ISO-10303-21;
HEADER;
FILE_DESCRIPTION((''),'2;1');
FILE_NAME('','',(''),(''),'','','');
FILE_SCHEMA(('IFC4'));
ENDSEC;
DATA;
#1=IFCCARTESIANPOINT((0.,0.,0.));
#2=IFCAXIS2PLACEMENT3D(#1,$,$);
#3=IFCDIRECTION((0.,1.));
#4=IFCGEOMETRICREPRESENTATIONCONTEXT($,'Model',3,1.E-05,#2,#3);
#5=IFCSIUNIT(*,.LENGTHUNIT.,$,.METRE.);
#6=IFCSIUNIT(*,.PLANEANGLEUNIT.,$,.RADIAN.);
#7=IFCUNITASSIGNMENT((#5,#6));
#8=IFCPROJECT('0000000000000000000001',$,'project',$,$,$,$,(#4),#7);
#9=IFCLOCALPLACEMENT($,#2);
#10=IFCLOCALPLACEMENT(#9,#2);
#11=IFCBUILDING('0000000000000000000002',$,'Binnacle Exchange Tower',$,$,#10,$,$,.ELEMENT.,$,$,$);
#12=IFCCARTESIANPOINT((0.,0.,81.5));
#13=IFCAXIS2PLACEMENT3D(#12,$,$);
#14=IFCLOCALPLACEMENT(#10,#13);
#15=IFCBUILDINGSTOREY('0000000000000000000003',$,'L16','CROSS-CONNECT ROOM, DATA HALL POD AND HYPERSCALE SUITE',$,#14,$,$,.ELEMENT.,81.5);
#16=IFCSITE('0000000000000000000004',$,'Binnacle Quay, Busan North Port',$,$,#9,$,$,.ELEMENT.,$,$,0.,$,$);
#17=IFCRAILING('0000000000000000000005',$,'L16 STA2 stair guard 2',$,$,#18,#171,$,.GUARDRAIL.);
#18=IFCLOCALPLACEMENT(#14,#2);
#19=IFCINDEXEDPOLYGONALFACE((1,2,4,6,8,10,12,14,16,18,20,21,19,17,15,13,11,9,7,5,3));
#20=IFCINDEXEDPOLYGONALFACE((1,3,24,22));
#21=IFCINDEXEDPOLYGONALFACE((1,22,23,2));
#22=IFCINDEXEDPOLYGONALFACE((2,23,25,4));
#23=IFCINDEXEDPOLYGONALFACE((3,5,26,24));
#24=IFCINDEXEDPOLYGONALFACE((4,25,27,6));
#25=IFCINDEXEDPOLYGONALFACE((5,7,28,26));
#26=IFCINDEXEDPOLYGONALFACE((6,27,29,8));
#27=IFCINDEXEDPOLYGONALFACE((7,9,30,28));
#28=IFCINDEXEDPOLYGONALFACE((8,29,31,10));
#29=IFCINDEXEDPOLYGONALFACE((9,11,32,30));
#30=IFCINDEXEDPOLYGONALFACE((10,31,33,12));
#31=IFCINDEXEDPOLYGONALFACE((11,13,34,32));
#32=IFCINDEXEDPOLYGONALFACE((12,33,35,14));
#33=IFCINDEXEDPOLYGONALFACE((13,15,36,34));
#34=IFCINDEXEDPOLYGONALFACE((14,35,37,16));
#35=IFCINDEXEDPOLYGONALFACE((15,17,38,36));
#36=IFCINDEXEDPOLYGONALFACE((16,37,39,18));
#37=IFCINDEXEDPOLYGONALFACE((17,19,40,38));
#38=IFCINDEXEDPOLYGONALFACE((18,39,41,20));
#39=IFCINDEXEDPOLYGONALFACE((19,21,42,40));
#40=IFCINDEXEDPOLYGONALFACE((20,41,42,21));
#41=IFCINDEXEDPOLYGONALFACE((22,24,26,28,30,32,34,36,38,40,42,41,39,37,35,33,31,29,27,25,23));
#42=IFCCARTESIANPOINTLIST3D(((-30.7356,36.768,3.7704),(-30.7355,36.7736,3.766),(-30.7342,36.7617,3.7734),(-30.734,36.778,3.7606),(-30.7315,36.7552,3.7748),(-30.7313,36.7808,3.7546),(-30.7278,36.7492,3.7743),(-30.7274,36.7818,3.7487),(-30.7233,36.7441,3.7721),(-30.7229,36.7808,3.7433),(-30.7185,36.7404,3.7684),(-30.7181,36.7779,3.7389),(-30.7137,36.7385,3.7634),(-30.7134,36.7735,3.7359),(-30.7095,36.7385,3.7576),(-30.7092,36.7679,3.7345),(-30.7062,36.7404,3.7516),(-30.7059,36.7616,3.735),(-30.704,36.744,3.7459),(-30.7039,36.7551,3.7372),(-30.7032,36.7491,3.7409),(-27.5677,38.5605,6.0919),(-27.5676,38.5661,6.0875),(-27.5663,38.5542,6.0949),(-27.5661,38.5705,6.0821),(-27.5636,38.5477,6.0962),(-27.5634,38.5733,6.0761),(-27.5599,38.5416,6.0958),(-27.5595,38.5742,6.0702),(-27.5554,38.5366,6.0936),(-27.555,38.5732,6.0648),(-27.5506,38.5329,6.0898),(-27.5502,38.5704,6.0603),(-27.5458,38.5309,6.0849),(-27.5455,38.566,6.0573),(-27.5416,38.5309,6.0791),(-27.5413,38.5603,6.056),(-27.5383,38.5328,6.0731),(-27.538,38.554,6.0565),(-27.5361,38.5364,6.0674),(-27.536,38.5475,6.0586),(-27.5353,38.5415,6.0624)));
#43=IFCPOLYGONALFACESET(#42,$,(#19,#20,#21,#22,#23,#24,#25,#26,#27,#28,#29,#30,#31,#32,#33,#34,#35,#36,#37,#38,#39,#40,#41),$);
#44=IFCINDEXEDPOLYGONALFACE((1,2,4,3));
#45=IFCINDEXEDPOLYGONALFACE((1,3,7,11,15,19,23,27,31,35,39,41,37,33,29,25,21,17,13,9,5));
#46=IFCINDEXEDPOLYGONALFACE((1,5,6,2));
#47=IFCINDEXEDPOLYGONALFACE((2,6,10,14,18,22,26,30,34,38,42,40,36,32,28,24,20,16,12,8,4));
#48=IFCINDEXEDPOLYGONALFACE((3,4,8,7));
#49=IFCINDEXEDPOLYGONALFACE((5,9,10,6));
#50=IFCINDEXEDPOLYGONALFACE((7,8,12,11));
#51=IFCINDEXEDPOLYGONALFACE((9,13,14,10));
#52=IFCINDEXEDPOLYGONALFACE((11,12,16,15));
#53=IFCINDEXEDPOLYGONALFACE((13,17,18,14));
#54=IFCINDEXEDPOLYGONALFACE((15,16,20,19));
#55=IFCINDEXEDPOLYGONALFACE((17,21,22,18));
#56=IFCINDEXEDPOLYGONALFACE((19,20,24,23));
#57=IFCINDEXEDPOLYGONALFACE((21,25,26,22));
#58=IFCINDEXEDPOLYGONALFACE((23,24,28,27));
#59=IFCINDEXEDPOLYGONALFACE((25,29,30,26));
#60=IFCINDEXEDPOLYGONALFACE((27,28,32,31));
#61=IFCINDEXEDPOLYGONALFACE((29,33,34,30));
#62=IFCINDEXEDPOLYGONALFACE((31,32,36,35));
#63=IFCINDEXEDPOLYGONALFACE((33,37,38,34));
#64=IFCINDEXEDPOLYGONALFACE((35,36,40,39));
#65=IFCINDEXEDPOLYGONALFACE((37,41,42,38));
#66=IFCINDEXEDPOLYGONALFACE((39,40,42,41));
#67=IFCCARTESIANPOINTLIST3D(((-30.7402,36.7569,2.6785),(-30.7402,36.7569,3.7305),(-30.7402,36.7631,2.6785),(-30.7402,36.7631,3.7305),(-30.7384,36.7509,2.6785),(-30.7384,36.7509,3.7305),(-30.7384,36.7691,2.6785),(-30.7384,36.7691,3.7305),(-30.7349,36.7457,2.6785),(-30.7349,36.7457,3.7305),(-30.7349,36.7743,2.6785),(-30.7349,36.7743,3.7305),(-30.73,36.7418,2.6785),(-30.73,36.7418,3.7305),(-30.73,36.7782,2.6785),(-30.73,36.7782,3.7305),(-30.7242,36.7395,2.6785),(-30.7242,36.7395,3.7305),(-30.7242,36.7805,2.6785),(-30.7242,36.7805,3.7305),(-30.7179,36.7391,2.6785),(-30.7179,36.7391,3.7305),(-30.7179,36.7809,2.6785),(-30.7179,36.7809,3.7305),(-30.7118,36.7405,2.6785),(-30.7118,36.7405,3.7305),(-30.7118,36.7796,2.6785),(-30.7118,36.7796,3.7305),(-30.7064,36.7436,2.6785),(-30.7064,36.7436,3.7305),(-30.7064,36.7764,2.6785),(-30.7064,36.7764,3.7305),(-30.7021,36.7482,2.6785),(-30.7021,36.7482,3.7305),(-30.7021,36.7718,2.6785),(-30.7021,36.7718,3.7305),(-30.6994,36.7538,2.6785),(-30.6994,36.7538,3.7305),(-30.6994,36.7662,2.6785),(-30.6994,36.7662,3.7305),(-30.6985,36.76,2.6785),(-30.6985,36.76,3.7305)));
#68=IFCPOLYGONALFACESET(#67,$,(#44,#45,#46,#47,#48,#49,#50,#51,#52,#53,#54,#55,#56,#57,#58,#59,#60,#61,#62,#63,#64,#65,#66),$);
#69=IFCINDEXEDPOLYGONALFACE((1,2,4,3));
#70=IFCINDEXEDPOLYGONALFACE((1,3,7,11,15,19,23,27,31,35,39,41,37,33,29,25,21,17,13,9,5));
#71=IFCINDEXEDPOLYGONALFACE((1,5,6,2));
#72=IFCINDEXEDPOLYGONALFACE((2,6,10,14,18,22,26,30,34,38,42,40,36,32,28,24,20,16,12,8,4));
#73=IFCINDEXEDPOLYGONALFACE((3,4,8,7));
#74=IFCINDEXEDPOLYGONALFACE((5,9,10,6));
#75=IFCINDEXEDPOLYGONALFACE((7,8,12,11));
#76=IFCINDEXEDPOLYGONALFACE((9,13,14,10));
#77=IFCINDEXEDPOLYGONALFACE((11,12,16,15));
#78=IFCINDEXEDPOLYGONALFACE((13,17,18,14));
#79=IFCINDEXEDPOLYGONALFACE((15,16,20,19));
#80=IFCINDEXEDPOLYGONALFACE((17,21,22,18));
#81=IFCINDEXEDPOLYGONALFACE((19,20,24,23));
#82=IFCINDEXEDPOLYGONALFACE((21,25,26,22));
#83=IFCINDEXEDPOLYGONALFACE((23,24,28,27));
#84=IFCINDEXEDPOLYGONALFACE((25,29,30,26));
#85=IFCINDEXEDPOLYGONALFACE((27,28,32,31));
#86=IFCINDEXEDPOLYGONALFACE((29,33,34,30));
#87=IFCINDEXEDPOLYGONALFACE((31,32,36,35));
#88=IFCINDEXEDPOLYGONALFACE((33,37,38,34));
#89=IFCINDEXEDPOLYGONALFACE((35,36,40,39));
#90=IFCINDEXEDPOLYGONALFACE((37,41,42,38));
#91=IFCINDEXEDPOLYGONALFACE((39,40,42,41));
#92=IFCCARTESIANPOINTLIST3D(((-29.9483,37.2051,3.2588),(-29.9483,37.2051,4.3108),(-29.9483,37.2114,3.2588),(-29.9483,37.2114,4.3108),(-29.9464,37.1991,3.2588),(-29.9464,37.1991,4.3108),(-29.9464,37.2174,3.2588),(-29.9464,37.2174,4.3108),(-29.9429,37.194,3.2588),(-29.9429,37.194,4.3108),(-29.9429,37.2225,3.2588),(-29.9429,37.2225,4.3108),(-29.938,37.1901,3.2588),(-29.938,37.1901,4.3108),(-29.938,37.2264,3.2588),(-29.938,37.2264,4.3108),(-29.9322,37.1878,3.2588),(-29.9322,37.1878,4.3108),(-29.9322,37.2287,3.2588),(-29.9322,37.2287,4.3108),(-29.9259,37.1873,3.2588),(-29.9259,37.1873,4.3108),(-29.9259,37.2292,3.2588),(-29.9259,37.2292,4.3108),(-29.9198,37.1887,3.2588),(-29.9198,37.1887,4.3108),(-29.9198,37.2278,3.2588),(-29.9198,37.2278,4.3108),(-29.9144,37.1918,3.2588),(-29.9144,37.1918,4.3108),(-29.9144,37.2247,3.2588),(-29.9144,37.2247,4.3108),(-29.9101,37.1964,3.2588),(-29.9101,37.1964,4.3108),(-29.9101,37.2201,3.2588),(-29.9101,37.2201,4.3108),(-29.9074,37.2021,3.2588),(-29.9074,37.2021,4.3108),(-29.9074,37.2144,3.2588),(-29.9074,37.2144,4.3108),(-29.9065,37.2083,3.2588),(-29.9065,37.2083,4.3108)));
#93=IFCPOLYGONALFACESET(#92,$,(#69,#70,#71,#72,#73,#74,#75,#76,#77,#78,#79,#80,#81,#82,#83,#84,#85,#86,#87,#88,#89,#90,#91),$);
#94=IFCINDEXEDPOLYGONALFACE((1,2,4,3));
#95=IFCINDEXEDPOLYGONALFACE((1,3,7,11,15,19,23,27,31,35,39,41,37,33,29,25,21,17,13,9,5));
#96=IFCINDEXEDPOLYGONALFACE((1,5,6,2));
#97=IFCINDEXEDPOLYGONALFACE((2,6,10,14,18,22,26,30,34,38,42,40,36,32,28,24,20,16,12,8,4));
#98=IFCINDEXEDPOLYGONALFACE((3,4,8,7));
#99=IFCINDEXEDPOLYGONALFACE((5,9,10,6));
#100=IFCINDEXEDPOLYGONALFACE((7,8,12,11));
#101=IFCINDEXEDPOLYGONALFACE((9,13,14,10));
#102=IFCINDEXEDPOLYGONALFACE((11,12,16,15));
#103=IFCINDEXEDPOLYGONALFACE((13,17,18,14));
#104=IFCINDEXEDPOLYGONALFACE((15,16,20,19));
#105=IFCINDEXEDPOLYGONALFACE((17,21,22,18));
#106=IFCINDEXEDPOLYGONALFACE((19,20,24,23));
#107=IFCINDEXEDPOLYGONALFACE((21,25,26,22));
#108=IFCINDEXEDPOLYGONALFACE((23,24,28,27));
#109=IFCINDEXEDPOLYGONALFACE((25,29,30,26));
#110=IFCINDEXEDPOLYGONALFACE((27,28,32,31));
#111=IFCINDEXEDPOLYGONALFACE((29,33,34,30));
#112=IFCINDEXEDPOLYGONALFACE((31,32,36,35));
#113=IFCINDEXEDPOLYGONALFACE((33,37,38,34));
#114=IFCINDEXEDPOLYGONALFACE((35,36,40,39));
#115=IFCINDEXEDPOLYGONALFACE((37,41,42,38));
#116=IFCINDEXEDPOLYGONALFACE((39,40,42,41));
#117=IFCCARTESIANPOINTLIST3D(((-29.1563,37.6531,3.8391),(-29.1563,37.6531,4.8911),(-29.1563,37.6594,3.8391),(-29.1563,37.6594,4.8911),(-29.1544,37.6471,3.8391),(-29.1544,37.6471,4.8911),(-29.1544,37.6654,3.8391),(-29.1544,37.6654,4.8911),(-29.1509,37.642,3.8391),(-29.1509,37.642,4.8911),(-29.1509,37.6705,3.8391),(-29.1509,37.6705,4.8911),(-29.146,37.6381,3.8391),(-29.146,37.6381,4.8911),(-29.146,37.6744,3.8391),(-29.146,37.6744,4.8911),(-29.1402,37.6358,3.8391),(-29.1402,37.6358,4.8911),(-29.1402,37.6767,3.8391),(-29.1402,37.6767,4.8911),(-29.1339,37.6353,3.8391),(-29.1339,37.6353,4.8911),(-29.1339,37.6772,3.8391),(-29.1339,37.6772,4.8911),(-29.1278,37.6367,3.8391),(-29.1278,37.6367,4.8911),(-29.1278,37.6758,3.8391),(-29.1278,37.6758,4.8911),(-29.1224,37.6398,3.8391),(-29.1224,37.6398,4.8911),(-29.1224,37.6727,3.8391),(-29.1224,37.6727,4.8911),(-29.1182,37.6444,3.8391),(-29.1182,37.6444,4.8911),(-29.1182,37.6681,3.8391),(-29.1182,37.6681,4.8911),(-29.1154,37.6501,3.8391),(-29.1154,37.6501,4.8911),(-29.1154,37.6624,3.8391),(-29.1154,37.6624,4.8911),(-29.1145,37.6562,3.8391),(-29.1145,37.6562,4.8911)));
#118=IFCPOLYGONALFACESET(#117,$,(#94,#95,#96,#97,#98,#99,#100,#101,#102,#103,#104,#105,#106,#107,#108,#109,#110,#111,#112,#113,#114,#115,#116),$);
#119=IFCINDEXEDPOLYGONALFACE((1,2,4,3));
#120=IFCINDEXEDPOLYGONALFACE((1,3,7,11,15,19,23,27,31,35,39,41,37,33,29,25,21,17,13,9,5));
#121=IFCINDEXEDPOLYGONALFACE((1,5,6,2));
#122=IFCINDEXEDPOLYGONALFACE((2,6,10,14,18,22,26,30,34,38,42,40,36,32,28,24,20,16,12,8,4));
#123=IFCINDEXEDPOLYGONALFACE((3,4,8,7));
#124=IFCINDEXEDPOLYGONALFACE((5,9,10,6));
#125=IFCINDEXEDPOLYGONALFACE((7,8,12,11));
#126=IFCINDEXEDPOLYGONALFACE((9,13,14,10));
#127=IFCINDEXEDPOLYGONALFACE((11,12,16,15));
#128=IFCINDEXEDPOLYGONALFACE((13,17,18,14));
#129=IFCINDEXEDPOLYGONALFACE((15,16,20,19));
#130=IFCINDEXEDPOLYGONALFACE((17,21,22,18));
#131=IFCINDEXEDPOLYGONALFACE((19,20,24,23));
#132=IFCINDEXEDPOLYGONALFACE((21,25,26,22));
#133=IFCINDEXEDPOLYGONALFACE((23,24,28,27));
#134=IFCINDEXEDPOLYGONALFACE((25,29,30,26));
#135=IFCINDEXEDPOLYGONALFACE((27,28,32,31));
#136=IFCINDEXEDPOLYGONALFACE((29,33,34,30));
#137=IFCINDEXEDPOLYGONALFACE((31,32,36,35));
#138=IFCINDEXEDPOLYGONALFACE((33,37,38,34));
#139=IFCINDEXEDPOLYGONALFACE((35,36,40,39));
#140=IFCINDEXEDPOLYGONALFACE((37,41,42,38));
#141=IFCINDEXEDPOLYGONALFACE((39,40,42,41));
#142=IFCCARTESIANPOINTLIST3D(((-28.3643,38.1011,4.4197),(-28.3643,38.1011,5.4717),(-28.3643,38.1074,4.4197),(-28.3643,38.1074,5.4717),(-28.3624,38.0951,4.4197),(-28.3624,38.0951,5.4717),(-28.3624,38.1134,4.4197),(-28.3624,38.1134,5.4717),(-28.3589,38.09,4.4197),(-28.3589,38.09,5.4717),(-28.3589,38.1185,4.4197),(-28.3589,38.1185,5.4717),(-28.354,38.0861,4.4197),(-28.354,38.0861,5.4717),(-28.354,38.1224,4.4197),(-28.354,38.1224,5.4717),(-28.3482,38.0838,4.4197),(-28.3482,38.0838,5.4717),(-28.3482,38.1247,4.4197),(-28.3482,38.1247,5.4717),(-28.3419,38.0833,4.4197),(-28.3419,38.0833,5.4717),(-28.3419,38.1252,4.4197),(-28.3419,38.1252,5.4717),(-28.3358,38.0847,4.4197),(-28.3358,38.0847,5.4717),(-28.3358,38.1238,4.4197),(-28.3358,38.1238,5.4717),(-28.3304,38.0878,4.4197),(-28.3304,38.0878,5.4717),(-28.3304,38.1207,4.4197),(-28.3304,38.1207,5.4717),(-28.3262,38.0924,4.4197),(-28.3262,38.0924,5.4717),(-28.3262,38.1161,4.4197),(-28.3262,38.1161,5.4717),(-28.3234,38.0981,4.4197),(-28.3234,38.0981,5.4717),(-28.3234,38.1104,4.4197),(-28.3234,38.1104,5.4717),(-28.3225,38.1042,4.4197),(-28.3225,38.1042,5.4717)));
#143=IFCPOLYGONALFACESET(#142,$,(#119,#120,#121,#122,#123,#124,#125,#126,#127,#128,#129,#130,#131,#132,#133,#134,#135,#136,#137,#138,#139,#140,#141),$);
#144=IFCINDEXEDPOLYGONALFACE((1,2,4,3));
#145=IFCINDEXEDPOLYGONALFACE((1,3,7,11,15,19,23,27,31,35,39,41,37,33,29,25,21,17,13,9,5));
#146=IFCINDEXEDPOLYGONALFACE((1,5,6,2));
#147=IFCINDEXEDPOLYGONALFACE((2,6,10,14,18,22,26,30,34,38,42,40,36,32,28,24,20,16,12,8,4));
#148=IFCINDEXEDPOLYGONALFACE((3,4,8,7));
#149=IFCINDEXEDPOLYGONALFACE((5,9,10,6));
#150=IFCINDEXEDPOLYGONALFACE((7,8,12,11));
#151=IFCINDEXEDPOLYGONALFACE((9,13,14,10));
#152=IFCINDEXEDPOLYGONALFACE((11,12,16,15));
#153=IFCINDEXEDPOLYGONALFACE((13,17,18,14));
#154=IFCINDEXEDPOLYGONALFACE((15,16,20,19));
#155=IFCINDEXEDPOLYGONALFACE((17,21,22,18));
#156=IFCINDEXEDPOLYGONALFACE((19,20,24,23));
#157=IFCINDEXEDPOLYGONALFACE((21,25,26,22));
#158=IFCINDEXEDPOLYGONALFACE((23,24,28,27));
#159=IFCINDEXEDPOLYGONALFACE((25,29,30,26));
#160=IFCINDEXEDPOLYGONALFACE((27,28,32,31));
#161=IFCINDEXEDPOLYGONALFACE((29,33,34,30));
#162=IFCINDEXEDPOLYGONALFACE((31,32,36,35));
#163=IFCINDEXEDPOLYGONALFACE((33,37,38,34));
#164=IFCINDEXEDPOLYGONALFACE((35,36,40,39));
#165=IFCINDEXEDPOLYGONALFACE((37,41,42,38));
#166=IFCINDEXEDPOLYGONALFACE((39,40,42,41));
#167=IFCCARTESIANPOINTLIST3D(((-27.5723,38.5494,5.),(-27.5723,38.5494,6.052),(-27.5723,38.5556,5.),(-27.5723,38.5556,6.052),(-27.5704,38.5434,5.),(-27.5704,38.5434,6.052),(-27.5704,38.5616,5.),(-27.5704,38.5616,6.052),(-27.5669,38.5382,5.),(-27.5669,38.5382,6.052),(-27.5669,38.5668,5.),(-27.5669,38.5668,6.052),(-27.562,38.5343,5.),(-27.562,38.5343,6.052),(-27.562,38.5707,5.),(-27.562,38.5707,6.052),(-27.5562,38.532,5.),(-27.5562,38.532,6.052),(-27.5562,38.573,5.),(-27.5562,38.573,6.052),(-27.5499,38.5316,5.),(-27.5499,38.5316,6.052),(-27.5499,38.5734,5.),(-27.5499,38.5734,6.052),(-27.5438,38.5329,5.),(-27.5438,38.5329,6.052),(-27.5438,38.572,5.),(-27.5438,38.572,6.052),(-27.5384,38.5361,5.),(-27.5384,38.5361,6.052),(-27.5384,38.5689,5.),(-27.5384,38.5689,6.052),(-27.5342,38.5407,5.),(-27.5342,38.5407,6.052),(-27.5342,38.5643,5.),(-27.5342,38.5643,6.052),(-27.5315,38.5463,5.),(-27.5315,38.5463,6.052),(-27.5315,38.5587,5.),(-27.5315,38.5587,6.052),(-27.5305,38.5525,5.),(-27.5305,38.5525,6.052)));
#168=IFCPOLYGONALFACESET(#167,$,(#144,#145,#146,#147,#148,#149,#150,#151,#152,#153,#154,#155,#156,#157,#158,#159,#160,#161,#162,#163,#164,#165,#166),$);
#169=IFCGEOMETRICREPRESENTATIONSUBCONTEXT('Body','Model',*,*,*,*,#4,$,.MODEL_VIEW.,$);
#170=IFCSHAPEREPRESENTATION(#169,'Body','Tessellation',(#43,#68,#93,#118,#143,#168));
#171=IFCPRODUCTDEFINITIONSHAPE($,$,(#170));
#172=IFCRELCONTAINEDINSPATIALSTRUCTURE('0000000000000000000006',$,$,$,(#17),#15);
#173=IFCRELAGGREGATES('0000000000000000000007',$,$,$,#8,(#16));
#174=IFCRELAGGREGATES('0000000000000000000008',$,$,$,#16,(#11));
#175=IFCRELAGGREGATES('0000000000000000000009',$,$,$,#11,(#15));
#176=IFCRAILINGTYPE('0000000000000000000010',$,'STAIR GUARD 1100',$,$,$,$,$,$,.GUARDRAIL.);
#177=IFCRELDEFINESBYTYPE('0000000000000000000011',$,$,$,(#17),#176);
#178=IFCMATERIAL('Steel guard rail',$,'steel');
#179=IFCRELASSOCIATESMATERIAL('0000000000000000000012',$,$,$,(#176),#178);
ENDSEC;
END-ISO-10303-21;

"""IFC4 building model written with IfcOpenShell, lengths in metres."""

from ifc_helpers import new_model, si_unit, direction, frame, origin, origin_2d, place, context, subcontext, project, spatial, circle, extrude, material, type_object, element, save


model = new_model("IFC4")

# Units and contexts
model_context = context("Model", 3, precision=1e-05, world=origin(), true_north=direction((0.0, 1.0)))
body_context = subcontext(model_context, "Body", "Model", "MODEL_VIEW")
ifc_project = project(units=[si_unit("LENGTHUNIT", "METRE"), si_unit("PLANEANGLEUNIT", "RADIAN")], contexts=[model_context])

# Site, building, storey
site_placement = place(None, origin())
site = spatial("IfcSite", under=ifc_project, at=site_placement, Name="Binnacle Quay, Busan North Port", CompositionType="ELEMENT", RefElevation=0.0)
building_placement = place(site_placement, origin())
building = spatial("IfcBuilding", under=site, at=building_placement, Name="Binnacle Exchange Tower", CompositionType="ELEMENT")
storey_placement = place(building_placement, frame((0.0, 0.0, 81.5)))
storey = spatial("IfcBuildingStorey", under=building, at=storey_placement, Name="L16", Description="CROSS-CONNECT ROOM, DATA HALL POD AND HYPERSCALE SUITE", CompositionType="ELEMENT", Elevation=81.5)

# Railing
ifc_material_1 = material(Name="Steel guard rail", Category="steel")
railing_type = type_object("IfcRailingType", Name="STAIR GUARD 1100", PredefinedType="GUARDRAIL", material=ifc_material_1)
railing_placement = place(storey_placement, frame((-30.7195, 36.76, 2.6785)))
element("IfcRailing", 1, at=railing_placement, inside=storey, type_object=railing_type, Name="L16 STA2 stair guard 2", PredefinedType="GUARDRAIL", context=body_context, shape_type="SweptSolid", body=[
    extrude(circle(Radius=0.0239, at=origin_2d()), frame((0.0, 0.0, 1.0762), z_axis=(0.733796, 0.415192, 0.537736), x_axis=(-0.492451, 0.87034, 0.0)), (0.0, 0.0, 1.0), 4.3171),
    extrude(circle(Radius=0.021, at=origin_2d()), origin(), (0.0, 0.0, 1.0), 1.052),
    extrude(circle(Radius=0.021, at=origin_2d()), frame((0.792, 0.4482, 0.5803)), (0.0, 0.0, 1.0), 1.052),
    extrude(circle(Radius=0.021, at=origin_2d()), frame((1.584, 0.8962, 1.1606)), (0.0, 0.0, 1.0), 1.052),
    extrude(circle(Radius=0.021, at=origin_2d()), frame((2.376, 1.3442, 1.7412)), (0.0, 0.0, 1.0), 1.052),
    extrude(circle(Radius=0.021, at=origin_2d()), frame((3.168, 1.7925, 2.3215)), (0.0, 0.0, 1.0), 1.052),
])

save(model, "model.ifc")
